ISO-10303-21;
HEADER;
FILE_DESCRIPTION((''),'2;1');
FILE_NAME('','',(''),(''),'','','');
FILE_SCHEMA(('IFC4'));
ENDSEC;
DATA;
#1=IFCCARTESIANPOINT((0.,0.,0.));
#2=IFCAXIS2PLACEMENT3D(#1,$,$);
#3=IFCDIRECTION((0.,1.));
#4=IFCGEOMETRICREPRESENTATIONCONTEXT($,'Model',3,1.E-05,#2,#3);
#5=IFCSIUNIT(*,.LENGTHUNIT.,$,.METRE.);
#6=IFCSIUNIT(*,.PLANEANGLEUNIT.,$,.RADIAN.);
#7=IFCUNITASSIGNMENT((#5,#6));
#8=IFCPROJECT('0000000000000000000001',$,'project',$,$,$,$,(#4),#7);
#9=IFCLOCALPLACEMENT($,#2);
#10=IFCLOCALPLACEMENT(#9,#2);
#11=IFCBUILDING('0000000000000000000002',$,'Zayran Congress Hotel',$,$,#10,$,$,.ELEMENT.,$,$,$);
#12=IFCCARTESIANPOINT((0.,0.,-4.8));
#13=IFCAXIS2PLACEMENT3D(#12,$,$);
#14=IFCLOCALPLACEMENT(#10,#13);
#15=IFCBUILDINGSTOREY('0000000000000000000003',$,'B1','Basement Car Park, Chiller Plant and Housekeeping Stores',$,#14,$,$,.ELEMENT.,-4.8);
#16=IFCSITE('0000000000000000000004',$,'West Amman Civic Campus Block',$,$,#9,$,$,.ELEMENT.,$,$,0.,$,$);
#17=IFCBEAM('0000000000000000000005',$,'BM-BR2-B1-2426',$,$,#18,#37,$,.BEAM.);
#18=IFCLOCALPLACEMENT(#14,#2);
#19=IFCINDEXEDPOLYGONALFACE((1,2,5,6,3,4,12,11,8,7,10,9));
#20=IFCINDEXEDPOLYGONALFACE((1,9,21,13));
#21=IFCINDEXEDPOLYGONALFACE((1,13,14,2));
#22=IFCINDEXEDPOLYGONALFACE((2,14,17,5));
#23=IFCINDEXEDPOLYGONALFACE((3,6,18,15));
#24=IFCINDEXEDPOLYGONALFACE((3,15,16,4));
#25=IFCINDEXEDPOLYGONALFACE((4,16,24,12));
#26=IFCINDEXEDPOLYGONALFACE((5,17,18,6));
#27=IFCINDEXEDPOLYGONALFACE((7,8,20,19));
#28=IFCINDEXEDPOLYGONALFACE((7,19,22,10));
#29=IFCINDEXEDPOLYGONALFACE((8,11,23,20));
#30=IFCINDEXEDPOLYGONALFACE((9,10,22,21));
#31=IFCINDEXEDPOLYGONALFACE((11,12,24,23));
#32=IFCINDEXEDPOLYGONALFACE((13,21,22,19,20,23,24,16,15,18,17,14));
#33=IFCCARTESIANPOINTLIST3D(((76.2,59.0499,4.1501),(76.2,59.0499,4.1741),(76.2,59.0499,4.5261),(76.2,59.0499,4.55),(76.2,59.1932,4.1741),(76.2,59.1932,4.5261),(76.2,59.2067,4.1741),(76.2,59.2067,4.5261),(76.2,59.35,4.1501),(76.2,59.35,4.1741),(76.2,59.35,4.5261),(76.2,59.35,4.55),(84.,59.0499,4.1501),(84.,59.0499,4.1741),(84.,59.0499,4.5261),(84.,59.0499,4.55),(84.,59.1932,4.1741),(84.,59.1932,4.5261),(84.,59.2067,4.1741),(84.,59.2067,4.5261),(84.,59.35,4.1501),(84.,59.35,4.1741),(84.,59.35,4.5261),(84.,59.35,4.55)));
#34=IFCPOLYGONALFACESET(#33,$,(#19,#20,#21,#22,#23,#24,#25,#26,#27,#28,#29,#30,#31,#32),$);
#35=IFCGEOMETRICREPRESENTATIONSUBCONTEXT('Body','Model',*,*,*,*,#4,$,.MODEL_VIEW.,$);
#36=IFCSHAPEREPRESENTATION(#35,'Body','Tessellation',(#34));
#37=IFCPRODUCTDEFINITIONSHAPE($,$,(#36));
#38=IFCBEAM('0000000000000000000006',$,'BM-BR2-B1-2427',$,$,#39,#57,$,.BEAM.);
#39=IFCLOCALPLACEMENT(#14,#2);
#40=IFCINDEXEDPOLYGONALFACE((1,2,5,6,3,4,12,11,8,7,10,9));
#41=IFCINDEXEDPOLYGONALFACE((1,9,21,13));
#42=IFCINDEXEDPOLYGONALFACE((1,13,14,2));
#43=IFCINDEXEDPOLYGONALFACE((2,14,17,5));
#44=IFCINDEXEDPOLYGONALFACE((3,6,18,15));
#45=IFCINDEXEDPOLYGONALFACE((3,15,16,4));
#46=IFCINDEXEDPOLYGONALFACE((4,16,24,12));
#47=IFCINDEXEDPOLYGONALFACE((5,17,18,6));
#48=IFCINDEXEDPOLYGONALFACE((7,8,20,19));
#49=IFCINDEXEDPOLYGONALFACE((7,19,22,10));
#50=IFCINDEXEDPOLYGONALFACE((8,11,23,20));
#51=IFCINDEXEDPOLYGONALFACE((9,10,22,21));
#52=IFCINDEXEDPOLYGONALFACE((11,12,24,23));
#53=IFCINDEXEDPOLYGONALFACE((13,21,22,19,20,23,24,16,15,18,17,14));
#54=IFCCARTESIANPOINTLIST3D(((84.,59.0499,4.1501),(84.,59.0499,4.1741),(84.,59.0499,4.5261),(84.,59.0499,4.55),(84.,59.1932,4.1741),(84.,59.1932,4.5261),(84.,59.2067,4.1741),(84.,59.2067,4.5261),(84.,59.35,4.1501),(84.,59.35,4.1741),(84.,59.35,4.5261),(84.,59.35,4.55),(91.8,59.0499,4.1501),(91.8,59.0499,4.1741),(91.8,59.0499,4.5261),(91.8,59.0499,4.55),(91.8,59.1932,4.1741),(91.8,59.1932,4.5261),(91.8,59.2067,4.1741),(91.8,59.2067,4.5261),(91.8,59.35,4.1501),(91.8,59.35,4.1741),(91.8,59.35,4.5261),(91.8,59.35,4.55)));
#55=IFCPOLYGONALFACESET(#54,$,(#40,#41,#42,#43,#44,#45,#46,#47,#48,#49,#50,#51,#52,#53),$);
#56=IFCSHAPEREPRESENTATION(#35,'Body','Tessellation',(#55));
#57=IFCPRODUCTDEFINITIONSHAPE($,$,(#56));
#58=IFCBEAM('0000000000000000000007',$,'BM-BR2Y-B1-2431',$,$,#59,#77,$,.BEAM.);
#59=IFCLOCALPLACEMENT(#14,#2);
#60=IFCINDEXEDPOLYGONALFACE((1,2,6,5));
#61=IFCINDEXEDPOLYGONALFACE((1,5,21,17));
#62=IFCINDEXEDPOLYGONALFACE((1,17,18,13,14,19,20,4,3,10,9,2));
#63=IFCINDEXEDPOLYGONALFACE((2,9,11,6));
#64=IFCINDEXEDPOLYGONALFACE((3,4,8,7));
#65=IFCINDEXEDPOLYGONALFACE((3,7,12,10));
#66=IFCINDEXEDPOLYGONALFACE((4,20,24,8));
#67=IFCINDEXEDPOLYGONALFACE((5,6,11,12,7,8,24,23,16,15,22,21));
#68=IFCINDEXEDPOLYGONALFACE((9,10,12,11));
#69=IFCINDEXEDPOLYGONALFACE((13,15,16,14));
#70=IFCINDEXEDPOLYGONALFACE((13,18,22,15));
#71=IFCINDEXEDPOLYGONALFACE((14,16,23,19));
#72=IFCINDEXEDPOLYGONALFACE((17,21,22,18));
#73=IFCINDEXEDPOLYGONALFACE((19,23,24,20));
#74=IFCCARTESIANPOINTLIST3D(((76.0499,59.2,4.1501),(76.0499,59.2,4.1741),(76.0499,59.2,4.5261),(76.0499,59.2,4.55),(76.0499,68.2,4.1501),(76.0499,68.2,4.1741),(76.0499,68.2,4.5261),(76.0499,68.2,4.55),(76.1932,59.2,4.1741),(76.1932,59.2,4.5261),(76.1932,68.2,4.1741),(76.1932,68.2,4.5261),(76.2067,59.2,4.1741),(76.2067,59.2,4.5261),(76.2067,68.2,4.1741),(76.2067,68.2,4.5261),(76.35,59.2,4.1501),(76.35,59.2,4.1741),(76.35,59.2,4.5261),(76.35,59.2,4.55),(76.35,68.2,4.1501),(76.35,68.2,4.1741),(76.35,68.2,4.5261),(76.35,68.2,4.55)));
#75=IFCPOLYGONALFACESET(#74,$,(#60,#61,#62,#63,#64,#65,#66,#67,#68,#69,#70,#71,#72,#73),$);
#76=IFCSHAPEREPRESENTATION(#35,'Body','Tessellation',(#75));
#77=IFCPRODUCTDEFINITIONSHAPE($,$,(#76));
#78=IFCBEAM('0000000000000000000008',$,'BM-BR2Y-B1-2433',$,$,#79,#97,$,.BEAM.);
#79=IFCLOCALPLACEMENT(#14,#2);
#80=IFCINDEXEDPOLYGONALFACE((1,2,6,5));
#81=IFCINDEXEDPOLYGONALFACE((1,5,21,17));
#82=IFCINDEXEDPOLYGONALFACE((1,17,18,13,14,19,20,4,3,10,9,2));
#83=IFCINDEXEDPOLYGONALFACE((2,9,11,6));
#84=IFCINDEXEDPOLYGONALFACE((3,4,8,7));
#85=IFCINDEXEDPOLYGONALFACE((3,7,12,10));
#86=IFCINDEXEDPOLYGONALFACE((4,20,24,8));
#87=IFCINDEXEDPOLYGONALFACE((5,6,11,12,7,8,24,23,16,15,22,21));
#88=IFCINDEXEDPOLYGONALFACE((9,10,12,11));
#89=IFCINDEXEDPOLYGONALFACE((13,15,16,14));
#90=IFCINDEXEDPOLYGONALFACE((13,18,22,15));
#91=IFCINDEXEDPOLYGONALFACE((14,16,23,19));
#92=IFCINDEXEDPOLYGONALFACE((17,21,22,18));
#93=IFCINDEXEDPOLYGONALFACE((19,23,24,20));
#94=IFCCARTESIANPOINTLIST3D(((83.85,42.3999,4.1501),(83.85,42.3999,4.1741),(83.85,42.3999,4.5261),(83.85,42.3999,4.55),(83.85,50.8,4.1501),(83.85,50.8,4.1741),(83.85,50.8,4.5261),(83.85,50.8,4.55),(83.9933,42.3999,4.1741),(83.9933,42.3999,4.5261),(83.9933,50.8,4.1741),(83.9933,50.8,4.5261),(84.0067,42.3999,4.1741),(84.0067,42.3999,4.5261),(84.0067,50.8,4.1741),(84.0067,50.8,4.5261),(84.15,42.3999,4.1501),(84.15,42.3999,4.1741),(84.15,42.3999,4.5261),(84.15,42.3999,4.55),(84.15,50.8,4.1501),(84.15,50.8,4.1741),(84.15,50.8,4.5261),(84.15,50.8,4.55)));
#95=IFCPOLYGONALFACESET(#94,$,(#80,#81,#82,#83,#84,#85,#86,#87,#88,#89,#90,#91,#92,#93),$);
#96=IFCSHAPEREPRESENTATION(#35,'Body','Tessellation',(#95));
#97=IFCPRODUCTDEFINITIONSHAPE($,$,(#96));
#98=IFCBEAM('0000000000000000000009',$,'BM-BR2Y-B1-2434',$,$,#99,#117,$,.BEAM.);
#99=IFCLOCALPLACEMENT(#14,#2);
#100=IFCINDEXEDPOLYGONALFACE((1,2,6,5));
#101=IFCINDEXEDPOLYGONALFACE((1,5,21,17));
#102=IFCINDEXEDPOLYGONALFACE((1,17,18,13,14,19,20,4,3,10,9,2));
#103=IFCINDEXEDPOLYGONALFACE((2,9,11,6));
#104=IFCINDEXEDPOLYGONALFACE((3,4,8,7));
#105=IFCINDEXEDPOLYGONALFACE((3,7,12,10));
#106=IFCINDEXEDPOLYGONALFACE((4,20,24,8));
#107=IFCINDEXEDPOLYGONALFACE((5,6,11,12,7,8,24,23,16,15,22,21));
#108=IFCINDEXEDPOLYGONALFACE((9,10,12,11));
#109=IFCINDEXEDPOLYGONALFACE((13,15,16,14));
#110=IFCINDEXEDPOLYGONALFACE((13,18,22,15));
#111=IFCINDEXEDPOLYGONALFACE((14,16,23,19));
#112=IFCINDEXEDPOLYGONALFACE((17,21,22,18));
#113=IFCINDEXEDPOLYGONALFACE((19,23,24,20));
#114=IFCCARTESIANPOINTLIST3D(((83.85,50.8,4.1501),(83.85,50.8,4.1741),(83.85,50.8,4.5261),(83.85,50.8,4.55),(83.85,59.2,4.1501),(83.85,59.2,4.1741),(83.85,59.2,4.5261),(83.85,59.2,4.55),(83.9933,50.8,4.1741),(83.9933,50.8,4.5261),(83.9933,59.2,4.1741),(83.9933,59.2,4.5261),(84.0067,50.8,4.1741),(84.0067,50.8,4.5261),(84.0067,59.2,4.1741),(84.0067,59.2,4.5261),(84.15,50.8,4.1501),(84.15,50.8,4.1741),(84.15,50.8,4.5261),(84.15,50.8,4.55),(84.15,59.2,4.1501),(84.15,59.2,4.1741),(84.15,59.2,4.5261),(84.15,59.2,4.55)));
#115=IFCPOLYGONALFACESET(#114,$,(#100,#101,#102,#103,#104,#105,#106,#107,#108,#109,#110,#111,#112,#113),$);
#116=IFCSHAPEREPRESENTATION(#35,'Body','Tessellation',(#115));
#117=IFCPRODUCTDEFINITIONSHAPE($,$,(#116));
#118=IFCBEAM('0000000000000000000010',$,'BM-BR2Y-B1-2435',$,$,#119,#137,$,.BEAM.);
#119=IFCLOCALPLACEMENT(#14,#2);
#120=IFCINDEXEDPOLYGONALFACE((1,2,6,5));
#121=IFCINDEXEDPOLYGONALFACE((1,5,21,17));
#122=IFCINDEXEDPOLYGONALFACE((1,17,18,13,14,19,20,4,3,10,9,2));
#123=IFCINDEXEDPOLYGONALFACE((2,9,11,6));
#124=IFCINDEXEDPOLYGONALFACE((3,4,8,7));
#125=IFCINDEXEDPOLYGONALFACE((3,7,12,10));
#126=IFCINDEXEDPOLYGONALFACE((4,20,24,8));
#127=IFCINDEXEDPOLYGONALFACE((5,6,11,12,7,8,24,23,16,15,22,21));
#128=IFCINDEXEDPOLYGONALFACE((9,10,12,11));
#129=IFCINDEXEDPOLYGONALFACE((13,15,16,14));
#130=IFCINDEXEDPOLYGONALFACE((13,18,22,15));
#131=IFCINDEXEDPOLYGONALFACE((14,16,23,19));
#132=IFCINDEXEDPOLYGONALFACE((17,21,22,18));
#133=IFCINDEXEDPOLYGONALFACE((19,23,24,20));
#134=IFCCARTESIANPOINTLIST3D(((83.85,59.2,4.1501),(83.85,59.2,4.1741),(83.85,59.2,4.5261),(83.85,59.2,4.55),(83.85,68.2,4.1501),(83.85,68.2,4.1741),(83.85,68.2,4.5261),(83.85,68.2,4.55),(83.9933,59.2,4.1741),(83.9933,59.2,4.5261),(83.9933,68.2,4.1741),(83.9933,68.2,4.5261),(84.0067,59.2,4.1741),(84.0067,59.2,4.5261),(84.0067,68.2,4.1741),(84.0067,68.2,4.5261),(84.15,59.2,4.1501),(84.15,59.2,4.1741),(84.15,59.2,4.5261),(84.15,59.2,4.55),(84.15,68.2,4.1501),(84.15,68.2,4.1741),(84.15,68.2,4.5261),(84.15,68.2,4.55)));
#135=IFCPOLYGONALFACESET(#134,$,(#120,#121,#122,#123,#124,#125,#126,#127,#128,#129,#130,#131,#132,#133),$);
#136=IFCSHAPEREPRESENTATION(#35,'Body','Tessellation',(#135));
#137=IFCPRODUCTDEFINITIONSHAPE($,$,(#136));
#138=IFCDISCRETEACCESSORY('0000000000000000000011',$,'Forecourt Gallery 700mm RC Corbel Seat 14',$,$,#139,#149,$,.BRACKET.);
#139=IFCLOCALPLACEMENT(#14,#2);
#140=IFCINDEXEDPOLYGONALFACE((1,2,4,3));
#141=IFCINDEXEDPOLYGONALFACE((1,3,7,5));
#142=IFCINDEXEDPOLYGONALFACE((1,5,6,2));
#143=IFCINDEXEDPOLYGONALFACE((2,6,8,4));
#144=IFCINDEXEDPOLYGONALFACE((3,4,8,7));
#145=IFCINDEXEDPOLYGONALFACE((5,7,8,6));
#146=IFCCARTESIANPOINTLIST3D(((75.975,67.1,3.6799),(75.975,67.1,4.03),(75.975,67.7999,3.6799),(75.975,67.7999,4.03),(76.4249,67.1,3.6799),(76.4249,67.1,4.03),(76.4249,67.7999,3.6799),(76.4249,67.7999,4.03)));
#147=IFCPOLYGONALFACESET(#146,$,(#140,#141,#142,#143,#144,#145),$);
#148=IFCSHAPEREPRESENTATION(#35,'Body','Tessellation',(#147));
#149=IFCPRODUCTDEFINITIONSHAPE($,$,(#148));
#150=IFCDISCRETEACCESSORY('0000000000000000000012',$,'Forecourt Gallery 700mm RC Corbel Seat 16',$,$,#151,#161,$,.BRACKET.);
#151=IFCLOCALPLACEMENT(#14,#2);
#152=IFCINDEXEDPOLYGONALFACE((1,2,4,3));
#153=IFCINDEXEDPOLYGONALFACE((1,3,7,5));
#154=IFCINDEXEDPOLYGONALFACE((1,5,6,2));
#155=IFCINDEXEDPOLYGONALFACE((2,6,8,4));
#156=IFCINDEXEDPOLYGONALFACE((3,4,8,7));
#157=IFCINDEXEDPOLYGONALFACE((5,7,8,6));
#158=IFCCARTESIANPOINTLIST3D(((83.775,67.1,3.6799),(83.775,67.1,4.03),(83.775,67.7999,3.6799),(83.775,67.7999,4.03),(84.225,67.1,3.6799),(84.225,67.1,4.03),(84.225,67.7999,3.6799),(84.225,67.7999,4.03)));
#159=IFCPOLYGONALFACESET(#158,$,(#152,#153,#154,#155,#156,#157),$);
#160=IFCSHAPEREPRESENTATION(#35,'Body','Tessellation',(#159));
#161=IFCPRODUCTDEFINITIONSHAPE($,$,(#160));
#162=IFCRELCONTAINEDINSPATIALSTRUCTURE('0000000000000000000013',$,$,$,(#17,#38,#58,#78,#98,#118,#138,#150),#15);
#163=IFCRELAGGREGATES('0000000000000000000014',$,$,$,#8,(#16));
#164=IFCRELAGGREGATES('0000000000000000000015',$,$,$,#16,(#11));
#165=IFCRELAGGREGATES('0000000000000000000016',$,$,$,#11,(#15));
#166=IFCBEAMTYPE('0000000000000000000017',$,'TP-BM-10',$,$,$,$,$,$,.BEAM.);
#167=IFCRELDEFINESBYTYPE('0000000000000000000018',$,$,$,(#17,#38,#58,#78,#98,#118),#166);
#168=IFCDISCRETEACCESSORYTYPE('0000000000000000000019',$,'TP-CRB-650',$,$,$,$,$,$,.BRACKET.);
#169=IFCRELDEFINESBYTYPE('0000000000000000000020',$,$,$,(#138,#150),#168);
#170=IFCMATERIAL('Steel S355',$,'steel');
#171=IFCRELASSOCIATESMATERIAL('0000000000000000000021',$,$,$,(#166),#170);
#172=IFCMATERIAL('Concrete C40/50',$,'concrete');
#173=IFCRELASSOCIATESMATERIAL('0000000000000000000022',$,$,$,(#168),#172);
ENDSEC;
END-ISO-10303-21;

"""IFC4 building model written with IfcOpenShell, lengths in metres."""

from ifc_helpers import new_model, si_unit, direction, frame, origin, origin_2d, place, context, subcontext, project, spatial, rectangle, i_section, extrude, material, material_profile, profile_set, type_object, element, save


model = new_model("IFC4")

# Units and contexts
model_context = context("Model", 3, precision=1e-05, world=origin(), true_north=direction((0.0, 1.0)))
body_context = subcontext(model_context, "Body", "Model", "MODEL_VIEW")
ifc_project = project(units=[si_unit("LENGTHUNIT", "METRE"), si_unit("PLANEANGLEUNIT", "RADIAN")], contexts=[model_context])

# Site, building, storey
site_placement = place(None, origin())
site = spatial("IfcSite", under=ifc_project, at=site_placement, Name="West Amman Civic Campus Block", CompositionType="ELEMENT", RefElevation=0.0)
building_placement = place(site_placement, origin())
building = spatial("IfcBuilding", under=site, at=building_placement, Name="Zayran Congress Hotel", CompositionType="ELEMENT")
storey_placement = place(building_placement, frame((0.0, 0.0, -4.8)))
storey = spatial("IfcBuildingStorey", under=building, at=storey_placement, Name="B1", Description="Basement Car Park, Chiller Plant and Housekeeping Stores", CompositionType="ELEMENT", Elevation=-4.8)

# Shared definitions
ifc_material_1 = material(Name="Concrete C40/50", Category="concrete")

# Beams
ifc_material_2 = material(Name="Steel S355", Category="steel")
ifc_material_profile_1 = material_profile(ifc_material_2, i_section(OverallWidth=0.3, OverallDepth=0.3999, WebThickness=0.0134, FlangeThickness=0.0239, at=origin_2d()), Name="HEB 400")
ifc_profile_set_1 = profile_set([ifc_material_profile_1], Name="Steel S355")
beam_type = type_object("IfcBeamType", Name="TP-BM-10", PredefinedType="BEAM", material=ifc_profile_set_1)
for number, where, z_axis, x_axis, name in (
    (1, (76.2, 59.2, 4.3501), (1.0, 0.0, 0.0), (0.0, 1.0, 0.0), "BM-BR2-B1-2426"),
    (2, (84.0, 59.2, 4.3501), (1.0, 0.0, 0.0), (0.0, 1.0, 0.0), "BM-BR2-B1-2427"),
):
    element("IfcBeam", number, at=place(storey_placement, frame(where, z_axis=z_axis, x_axis=x_axis)), inside=storey, type_object=beam_type, Name=name, PredefinedType="BEAM", context=body_context, shape_type="SweptSolid", body=[
        extrude(i_section(OverallWidth=0.3, OverallDepth=0.3999, WebThickness=0.0134, FlangeThickness=0.0239, at=origin_2d()), origin(), (0.0, 0.0, 1.0), 7.8),
    ])
beam_1_placement = place(storey_placement, frame((76.2, 59.2, 4.3501), z_axis=(0.0, 1.0, 0.0), x_axis=(-1.0, 0.0, 0.0)))
element("IfcBeam", 3, at=beam_1_placement, inside=storey, type_object=beam_type, Name="BM-BR2Y-B1-2431", PredefinedType="BEAM", context=body_context, shape_type="SweptSolid", body=[
    extrude(i_section(OverallWidth=0.3, OverallDepth=0.3999, WebThickness=0.0134, FlangeThickness=0.0239, at=origin_2d()), origin(), (0.0, 0.0, 1.0), 9.0),
])
beam_2_placement = place(storey_placement, frame((84.0, 42.3999, 4.3501), z_axis=(0.0, 1.0, 0.0), x_axis=(-1.0, 0.0, 0.0)))
element("IfcBeam", 4, at=beam_2_placement, inside=storey, type_object=beam_type, Name="BM-BR2Y-B1-2433", PredefinedType="BEAM", context=body_context, shape_type="SweptSolid", body=[
    extrude(i_section(OverallWidth=0.3, OverallDepth=0.3999, WebThickness=0.0134, FlangeThickness=0.0239, at=origin_2d()), origin(), (0.0, 0.0, 1.0), 8.4001),
])
beam_3_placement = place(storey_placement, frame((84.0, 50.8, 4.3501), z_axis=(0.0, 1.0, 0.0), x_axis=(-1.0, 0.0, 0.0)))
element("IfcBeam", 5, at=beam_3_placement, inside=storey, type_object=beam_type, Name="BM-BR2Y-B1-2434", PredefinedType="BEAM", context=body_context, shape_type="SweptSolid", body=[
    extrude(i_section(OverallWidth=0.3, OverallDepth=0.3999, WebThickness=0.0134, FlangeThickness=0.0239, at=origin_2d()), origin(), (0.0, 0.0, 1.0), 8.3999),
])
beam_4_placement = place(storey_placement, frame((84.0, 59.2, 4.3501), z_axis=(0.0, 1.0, 0.0), x_axis=(-1.0, 0.0, 0.0)))
element("IfcBeam", 6, at=beam_4_placement, inside=storey, type_object=beam_type, Name="BM-BR2Y-B1-2435", PredefinedType="BEAM", context=body_context, shape_type="SweptSolid", body=[
    extrude(i_section(OverallWidth=0.3, OverallDepth=0.3999, WebThickness=0.0134, FlangeThickness=0.0239, at=origin_2d()), origin(), (0.0, 0.0, 1.0), 9.0),
])

# Discrete accessories
discrete_accessory_type = type_object("IfcDiscreteAccessoryType", Name="TP-CRB-650", PredefinedType="BRACKET", material=ifc_material_1)
for number, where, z_axis, x_axis, name in (
    (7, (76.2, 67.45, 3.6799), (0.0, 0.0, 1.0), (0.0, 1.0, 0.0), "Forecourt Gallery 700mm RC Corbel Seat 14"),
    (8, (84.0, 67.45, 3.6799), (0.0, 0.0, 1.0), (0.0, 1.0, 0.0), "Forecourt Gallery 700mm RC Corbel Seat 16"),
):
    element("IfcDiscreteAccessory", number, at=place(storey_placement, frame(where, z_axis=z_axis, x_axis=x_axis)), inside=storey, type_object=discrete_accessory_type, Name=name, PredefinedType="BRACKET", context=body_context, shape_type="SweptSolid", body=[
        extrude(rectangle(XDim=0.7, YDim=0.45, at=origin_2d()), origin(), (0.0, 0.0, 1.0), 0.3501),
    ])

save(model, "model.ifc")
